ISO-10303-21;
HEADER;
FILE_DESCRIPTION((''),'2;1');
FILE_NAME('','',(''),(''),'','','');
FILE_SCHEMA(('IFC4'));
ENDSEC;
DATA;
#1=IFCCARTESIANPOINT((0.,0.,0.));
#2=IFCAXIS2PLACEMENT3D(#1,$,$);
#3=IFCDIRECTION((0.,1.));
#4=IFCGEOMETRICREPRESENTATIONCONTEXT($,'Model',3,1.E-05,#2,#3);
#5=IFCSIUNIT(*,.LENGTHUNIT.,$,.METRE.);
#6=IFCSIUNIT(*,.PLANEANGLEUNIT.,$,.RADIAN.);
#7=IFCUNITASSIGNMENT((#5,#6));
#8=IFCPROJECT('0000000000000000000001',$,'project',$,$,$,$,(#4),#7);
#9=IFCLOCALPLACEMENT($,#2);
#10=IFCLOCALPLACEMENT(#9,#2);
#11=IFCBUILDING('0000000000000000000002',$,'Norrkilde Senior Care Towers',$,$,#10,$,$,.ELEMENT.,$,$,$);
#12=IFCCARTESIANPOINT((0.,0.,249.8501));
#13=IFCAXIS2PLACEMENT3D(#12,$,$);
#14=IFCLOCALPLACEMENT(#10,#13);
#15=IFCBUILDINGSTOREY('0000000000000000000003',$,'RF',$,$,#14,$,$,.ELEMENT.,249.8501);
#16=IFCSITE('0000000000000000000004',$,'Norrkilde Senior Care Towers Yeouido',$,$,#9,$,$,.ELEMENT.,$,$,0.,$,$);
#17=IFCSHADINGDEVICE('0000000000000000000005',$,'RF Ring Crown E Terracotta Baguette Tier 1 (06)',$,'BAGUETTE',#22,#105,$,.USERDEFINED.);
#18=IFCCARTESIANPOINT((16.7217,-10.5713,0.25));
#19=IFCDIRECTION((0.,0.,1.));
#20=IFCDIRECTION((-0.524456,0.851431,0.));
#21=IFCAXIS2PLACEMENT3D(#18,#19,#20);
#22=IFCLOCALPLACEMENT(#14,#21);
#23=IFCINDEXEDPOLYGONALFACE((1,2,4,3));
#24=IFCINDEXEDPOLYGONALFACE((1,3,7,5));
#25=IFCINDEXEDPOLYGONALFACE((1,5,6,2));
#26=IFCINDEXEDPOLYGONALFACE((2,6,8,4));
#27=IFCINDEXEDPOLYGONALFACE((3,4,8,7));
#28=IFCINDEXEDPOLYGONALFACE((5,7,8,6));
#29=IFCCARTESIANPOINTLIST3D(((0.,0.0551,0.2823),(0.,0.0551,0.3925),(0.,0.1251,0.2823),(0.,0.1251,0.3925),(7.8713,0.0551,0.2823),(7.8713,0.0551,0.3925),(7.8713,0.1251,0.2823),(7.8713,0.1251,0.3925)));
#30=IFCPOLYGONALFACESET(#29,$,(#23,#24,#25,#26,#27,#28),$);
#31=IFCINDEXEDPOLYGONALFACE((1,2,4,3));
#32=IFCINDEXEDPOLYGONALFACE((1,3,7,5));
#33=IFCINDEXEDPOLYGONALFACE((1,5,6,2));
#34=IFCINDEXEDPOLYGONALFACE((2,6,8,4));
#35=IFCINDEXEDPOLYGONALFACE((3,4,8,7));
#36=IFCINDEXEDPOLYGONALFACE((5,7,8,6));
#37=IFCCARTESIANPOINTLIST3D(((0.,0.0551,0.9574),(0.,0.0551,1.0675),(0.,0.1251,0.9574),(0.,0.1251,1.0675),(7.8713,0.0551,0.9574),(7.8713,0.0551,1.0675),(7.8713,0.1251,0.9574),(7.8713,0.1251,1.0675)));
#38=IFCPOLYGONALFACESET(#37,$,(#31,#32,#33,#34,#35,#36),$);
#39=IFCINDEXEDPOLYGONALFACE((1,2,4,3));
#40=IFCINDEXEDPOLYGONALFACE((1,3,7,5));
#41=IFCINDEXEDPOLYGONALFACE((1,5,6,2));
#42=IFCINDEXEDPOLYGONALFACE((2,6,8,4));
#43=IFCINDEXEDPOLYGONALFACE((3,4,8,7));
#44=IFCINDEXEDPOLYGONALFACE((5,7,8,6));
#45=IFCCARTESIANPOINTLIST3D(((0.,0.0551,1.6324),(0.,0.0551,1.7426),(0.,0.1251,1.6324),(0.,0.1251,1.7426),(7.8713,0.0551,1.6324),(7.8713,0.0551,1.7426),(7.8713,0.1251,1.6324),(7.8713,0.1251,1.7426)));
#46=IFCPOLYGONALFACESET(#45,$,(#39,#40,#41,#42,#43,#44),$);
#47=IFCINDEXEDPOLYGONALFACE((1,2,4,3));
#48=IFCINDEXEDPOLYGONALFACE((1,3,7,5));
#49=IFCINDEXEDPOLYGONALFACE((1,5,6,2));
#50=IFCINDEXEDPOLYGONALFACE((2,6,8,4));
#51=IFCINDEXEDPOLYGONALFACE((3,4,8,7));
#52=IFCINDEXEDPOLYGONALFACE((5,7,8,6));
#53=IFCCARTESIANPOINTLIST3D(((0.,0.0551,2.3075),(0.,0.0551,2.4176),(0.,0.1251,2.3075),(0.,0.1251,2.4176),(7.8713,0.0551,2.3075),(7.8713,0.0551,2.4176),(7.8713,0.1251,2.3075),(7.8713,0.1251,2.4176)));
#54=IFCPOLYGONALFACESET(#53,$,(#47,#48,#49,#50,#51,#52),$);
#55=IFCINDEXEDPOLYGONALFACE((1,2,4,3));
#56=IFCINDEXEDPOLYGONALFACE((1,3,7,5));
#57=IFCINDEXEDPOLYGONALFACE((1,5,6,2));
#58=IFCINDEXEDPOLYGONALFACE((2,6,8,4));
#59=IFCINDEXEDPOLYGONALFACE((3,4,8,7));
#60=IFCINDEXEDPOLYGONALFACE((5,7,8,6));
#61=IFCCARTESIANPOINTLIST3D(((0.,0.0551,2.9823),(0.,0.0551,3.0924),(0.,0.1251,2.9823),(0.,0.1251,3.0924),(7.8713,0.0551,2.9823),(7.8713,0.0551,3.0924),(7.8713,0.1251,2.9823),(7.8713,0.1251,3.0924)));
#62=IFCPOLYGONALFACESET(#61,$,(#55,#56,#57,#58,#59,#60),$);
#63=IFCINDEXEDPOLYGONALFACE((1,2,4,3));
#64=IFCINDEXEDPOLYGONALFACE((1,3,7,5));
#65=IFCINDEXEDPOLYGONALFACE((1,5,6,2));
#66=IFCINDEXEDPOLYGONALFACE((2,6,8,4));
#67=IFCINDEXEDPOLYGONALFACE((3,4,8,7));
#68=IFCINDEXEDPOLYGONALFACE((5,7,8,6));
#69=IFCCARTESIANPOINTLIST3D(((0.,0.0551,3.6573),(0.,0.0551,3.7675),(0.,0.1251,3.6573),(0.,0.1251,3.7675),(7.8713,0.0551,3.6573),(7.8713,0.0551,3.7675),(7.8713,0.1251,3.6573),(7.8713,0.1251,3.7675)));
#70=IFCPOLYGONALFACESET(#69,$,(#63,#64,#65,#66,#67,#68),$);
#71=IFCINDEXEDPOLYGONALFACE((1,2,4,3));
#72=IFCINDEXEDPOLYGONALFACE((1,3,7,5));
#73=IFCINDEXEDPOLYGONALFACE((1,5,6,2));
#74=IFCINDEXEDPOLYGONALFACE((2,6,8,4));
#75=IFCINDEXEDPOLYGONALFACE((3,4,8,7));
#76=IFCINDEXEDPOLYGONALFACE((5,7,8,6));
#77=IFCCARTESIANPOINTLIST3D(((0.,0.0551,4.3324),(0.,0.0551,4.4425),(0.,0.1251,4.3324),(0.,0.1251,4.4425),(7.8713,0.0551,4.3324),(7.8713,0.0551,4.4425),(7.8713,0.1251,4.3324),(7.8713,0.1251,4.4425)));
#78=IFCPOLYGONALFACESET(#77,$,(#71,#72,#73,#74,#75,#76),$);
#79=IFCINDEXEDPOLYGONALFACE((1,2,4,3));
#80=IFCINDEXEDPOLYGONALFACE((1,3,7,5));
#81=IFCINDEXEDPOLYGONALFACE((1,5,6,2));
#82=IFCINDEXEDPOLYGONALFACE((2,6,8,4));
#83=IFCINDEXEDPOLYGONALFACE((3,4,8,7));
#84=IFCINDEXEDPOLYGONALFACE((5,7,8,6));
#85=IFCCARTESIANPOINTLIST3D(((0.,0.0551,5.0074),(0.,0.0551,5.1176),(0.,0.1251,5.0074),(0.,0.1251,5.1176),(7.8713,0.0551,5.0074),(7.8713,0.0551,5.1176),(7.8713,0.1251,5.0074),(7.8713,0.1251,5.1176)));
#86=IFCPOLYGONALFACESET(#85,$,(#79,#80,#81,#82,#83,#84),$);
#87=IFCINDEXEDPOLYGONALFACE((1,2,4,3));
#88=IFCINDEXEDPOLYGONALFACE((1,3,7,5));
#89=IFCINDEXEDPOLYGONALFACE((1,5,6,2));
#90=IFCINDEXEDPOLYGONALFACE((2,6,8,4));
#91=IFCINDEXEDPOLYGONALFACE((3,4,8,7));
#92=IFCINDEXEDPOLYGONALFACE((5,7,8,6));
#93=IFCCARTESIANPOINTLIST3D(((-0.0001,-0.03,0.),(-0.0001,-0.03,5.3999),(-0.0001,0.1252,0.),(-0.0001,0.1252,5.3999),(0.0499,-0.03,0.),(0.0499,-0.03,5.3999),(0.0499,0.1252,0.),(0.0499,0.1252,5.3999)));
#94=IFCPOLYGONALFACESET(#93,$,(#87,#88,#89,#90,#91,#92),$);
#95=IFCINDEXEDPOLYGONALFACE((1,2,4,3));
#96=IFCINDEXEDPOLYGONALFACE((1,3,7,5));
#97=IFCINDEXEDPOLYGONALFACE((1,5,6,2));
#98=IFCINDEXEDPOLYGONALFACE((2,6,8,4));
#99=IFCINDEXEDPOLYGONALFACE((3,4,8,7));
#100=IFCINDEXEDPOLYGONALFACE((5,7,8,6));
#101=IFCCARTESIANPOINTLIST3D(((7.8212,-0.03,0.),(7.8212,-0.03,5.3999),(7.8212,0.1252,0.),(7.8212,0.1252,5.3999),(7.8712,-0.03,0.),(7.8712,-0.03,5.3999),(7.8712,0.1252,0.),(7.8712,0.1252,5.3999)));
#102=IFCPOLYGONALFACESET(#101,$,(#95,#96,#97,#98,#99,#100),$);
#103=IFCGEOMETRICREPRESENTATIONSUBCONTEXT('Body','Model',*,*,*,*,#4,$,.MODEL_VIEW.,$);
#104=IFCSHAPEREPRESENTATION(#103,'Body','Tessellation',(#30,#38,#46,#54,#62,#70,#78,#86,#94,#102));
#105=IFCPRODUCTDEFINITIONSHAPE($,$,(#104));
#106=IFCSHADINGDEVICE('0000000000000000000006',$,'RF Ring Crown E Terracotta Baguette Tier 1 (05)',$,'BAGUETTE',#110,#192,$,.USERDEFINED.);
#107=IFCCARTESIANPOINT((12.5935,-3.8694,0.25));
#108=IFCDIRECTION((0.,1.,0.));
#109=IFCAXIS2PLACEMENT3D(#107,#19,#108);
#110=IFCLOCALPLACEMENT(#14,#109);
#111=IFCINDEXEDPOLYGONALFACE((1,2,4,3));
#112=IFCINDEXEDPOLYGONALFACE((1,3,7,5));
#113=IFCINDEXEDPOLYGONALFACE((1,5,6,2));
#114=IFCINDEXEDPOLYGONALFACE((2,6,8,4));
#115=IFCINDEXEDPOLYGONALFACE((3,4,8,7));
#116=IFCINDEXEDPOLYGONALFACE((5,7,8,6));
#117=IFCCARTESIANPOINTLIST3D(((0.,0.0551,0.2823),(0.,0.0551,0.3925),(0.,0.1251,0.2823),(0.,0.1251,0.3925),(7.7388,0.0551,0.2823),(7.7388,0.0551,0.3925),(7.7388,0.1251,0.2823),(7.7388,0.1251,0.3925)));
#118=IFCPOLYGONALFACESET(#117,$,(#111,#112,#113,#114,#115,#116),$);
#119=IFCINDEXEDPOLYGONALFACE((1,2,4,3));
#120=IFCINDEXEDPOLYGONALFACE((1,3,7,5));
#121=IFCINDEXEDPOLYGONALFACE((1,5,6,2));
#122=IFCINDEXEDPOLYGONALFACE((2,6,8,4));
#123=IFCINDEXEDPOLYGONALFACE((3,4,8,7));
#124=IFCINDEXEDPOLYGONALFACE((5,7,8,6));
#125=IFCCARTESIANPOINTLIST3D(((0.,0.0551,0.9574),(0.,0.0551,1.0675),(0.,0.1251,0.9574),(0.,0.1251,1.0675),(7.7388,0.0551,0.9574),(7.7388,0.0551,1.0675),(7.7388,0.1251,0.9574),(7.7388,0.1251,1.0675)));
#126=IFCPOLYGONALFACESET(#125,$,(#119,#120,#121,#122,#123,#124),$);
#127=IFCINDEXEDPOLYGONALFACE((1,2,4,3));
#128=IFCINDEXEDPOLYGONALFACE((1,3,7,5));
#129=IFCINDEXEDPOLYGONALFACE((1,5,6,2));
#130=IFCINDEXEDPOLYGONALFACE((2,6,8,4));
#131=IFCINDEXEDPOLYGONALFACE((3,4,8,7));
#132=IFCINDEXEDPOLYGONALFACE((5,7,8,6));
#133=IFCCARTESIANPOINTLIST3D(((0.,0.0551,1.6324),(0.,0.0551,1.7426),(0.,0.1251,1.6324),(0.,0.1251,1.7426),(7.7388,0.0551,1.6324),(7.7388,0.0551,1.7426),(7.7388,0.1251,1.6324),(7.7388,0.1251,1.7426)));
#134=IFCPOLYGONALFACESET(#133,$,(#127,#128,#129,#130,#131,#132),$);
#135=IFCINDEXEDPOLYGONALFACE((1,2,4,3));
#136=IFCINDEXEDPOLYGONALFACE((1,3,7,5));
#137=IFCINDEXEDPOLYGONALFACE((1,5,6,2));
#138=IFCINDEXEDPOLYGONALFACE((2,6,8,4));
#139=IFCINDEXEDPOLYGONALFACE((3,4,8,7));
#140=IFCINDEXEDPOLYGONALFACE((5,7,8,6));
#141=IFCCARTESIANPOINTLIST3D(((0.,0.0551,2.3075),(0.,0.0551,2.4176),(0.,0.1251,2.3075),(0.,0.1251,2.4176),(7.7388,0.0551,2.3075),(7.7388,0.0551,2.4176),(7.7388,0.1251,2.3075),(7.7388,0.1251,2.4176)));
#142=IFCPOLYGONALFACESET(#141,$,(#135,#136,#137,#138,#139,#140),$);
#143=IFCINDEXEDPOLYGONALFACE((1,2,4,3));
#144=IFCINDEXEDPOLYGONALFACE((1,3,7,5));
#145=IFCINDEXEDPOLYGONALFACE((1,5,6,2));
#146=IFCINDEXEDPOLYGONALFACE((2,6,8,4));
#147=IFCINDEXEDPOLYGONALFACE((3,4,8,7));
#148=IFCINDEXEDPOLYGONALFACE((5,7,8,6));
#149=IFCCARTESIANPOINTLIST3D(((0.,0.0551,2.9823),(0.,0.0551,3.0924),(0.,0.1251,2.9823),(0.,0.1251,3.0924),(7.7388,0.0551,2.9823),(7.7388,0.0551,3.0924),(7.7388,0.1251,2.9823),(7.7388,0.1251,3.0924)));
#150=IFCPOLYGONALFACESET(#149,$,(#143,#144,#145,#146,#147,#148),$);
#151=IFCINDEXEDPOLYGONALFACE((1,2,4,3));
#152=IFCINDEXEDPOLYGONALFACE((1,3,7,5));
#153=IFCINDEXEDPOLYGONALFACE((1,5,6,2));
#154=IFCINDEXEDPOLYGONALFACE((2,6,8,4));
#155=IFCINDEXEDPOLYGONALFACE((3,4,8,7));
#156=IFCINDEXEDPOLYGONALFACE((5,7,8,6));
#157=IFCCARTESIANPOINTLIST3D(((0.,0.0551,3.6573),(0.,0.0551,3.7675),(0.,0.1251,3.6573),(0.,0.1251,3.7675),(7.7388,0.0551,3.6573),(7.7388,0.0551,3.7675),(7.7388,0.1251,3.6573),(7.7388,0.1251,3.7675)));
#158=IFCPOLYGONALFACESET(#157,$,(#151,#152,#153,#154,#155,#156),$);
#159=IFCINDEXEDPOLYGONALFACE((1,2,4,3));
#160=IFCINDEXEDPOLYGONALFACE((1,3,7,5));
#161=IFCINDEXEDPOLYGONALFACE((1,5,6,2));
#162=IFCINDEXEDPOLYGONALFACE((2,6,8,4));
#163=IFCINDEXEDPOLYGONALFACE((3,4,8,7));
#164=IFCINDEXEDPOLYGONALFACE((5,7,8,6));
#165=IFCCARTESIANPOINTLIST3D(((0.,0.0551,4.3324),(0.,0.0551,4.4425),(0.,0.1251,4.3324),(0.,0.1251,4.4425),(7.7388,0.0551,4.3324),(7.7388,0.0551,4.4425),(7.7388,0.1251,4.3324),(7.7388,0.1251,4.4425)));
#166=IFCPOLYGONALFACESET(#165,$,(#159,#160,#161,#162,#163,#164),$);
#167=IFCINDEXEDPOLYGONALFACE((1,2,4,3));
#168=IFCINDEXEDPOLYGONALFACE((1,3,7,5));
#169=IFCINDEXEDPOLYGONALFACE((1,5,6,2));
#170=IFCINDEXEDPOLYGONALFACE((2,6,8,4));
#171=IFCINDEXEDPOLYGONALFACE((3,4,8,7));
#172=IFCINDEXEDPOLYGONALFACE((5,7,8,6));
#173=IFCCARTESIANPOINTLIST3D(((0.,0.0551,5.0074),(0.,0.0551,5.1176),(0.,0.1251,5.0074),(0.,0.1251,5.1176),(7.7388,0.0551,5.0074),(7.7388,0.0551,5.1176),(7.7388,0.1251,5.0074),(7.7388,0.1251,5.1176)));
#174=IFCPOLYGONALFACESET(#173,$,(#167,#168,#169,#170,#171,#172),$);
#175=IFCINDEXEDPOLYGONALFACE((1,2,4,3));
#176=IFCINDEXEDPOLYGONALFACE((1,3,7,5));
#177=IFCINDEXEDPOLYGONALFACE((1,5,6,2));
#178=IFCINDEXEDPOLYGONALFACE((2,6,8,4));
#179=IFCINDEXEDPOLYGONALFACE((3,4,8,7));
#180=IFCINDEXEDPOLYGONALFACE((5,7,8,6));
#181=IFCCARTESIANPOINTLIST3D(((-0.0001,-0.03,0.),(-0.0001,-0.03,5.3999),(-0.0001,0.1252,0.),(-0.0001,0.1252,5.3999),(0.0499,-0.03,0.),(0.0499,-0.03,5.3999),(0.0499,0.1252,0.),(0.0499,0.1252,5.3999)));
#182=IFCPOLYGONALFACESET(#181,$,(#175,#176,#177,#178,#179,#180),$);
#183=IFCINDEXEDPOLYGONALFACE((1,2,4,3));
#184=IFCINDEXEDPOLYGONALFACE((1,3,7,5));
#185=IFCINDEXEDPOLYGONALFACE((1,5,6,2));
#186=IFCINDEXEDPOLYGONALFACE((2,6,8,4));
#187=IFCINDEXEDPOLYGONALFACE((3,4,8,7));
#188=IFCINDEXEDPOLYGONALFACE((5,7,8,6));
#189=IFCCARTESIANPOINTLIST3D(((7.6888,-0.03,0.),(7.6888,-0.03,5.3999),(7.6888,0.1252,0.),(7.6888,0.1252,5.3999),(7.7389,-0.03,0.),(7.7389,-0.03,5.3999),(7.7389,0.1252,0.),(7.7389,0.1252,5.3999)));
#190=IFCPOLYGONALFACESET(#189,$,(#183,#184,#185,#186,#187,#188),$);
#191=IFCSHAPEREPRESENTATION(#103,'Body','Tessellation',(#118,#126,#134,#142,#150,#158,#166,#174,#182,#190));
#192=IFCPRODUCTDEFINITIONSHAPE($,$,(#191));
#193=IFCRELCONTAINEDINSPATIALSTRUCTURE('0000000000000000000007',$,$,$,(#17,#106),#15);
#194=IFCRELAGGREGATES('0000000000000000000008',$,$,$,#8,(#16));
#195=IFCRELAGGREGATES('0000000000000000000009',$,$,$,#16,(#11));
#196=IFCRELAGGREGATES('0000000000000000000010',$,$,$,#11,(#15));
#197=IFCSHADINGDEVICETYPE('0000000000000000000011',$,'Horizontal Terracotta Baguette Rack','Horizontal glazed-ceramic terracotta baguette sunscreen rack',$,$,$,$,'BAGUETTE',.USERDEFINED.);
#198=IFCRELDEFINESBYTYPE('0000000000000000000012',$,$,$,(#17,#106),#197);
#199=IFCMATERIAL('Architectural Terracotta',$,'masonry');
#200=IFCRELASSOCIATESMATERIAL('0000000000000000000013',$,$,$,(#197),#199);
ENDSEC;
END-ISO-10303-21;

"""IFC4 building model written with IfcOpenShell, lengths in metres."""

from ifc_helpers import new_model, si_unit, direction, frame, origin, origin_2d, place, context, subcontext, project, spatial, rectangle, extrude, source, transform, mapped, material, type_object, element, save


model = new_model("IFC4")

# Units and contexts
model_context = context("Model", 3, precision=1e-05, world=origin(), true_north=direction((0.0, 1.0)))
body_context = subcontext(model_context, "Body", "Model", "MODEL_VIEW")
ifc_project = project(units=[si_unit("LENGTHUNIT", "METRE"), si_unit("PLANEANGLEUNIT", "RADIAN")], contexts=[model_context])

# Site, building, storey
site_placement = place(None, origin())
site = spatial("IfcSite", under=ifc_project, at=site_placement, Name="Norrkilde Senior Care Towers Yeouido", CompositionType="ELEMENT", RefElevation=0.0)
building_placement = place(site_placement, origin())
building = spatial("IfcBuilding", under=site, at=building_placement, Name="Norrkilde Senior Care Towers", CompositionType="ELEMENT")
storey_placement = place(building_placement, frame((0.0, 0.0, 249.8501)))
storey = spatial("IfcBuildingStorey", under=building, at=storey_placement, Name="RF", CompositionType="ELEMENT", Elevation=249.8501)

# Shared definitions
ifc_material_1 = material(Name="Architectural Terracotta", Category="masonry")

# Shading devices
shading_device_type = type_object("IfcShadingDeviceType", Name="Horizontal Terracotta Baguette Rack", Description="Horizontal glazed-ceramic terracotta baguette sunscreen rack", ElementType="BAGUETTE", PredefinedType="USERDEFINED", material=ifc_material_1)
shared_shape_1 = source(origin(), body_context, "Body", "SweptSolid", [
    extrude(rectangle(XDim=0.0701, YDim=0.1101, at=origin_2d()), frame((0.0, 0.0901, 0.3374), z_axis=(1.0, 0.0, 0.0), x_axis=(0.0, 1.0, 0.0)), (0.0, 0.0, 1.0), 7.8713),
    extrude(rectangle(XDim=0.0701, YDim=0.1101, at=origin_2d()), frame((0.0, 0.0901, 1.0125), z_axis=(1.0, 0.0, 0.0), x_axis=(0.0, 1.0, 0.0)), (0.0, 0.0, 1.0), 7.8713),
    extrude(rectangle(XDim=0.0701, YDim=0.1101, at=origin_2d()), frame((0.0, 0.0901, 1.6875), z_axis=(1.0, 0.0, 0.0), x_axis=(0.0, 1.0, 0.0)), (0.0, 0.0, 1.0), 7.8713),
    extrude(rectangle(XDim=0.0701, YDim=0.1101, at=origin_2d()), frame((0.0, 0.0901, 2.3625), z_axis=(1.0, 0.0, 0.0), x_axis=(0.0, 1.0, 0.0)), (0.0, 0.0, 1.0), 7.8713),
    extrude(rectangle(XDim=0.0701, YDim=0.1101, at=origin_2d()), frame((0.0, 0.0901, 3.0374), z_axis=(1.0, 0.0, 0.0), x_axis=(0.0, 1.0, 0.0)), (0.0, 0.0, 1.0), 7.8713),
    extrude(rectangle(XDim=0.0701, YDim=0.1101, at=origin_2d()), frame((0.0, 0.0901, 3.7124), z_axis=(1.0, 0.0, 0.0), x_axis=(0.0, 1.0, 0.0)), (0.0, 0.0, 1.0), 7.8713),
    extrude(rectangle(XDim=0.0701, YDim=0.1101, at=origin_2d()), frame((0.0, 0.0901, 4.3875), z_axis=(1.0, 0.0, 0.0), x_axis=(0.0, 1.0, 0.0)), (0.0, 0.0, 1.0), 7.8713),
    extrude(rectangle(XDim=0.0701, YDim=0.1101, at=origin_2d()), frame((0.0, 0.0901, 5.0625), z_axis=(1.0, 0.0, 0.0), x_axis=(0.0, 1.0, 0.0)), (0.0, 0.0, 1.0), 7.8713),
    extrude(rectangle(XDim=0.05, YDim=0.1553, at=origin_2d()), frame((0.0249, 0.0476, 0.0)), (0.0, 0.0, 1.0), 5.3999),
    extrude(rectangle(XDim=0.05, YDim=0.1553, at=origin_2d()), frame((7.8462, 0.0476, 0.0)), (0.0, 0.0, 1.0), 5.3999),
])
shading_device_1_placement = place(storey_placement, frame((16.7217, -10.5713, 0.25), z_axis=(0.0, 0.0, 1.0), x_axis=(-0.524456, 0.851431, 0.0)))
element("IfcShadingDevice", 1, at=shading_device_1_placement, inside=storey, type_object=shading_device_type, Name="RF Ring Crown E Terracotta Baguette Tier 1 (06)", ObjectType="BAGUETTE", PredefinedType="USERDEFINED", context=body_context, shape_type="MappedRepresentation", body=[
    mapped(shared_shape_1, transform((0.0, 0.0, 0.0), x_axis=(1.0, 0.0, 0.0), y_axis=(0.0, 1.0, 0.0), z_axis=(0.0, 0.0, 1.0), scale=1.0)),
])
shared_shape_2 = source(origin(), body_context, "Body", "SweptSolid", [
    extrude(rectangle(XDim=0.0701, YDim=0.1101, at=origin_2d()), frame((0.0, 0.0901, 0.3374), z_axis=(1.0, 0.0, 0.0), x_axis=(0.0, 1.0, 0.0)), (0.0, 0.0, 1.0), 7.7388),
    extrude(rectangle(XDim=0.0701, YDim=0.1101, at=origin_2d()), frame((0.0, 0.0901, 1.0125), z_axis=(1.0, 0.0, 0.0), x_axis=(0.0, 1.0, 0.0)), (0.0, 0.0, 1.0), 7.7388),
    extrude(rectangle(XDim=0.0701, YDim=0.1101, at=origin_2d()), frame((0.0, 0.0901, 1.6875), z_axis=(1.0, 0.0, 0.0), x_axis=(0.0, 1.0, 0.0)), (0.0, 0.0, 1.0), 7.7388),
    extrude(rectangle(XDim=0.0701, YDim=0.1101, at=origin_2d()), frame((0.0, 0.0901, 2.3625), z_axis=(1.0, 0.0, 0.0), x_axis=(0.0, 1.0, 0.0)), (0.0, 0.0, 1.0), 7.7388),
    extrude(rectangle(XDim=0.0701, YDim=0.1101, at=origin_2d()), frame((0.0, 0.0901, 3.0374), z_axis=(1.0, 0.0, 0.0), x_axis=(0.0, 1.0, 0.0)), (0.0, 0.0, 1.0), 7.7388),
    extrude(rectangle(XDim=0.0701, YDim=0.1101, at=origin_2d()), frame((0.0, 0.0901, 3.7124), z_axis=(1.0, 0.0, 0.0), x_axis=(0.0, 1.0, 0.0)), (0.0, 0.0, 1.0), 7.7388),
    extrude(rectangle(XDim=0.0701, YDim=0.1101, at=origin_2d()), frame((0.0, 0.0901, 4.3875), z_axis=(1.0, 0.0, 0.0), x_axis=(0.0, 1.0, 0.0)), (0.0, 0.0, 1.0), 7.7388),
    extrude(rectangle(XDim=0.0701, YDim=0.1101, at=origin_2d()), frame((0.0, 0.0901, 5.0625), z_axis=(1.0, 0.0, 0.0), x_axis=(0.0, 1.0, 0.0)), (0.0, 0.0, 1.0), 7.7388),
    extrude(rectangle(XDim=0.05, YDim=0.1553, at=origin_2d()), frame((0.0249, 0.0476, 0.0)), (0.0, 0.0, 1.0), 5.3999),
    extrude(rectangle(XDim=0.05, YDim=0.1553, at=origin_2d()), frame((7.7139, 0.0476, 0.0)), (0.0, 0.0, 1.0), 5.3999),
])
shading_device_2_placement = place(storey_placement, frame((12.5935, -3.8694, 0.25), z_axis=(0.0, 0.0, 1.0), x_axis=(0.0, 1.0, 0.0)))
element("IfcShadingDevice", 2, at=shading_device_2_placement, inside=storey, type_object=shading_device_type, Name="RF Ring Crown E Terracotta Baguette Tier 1 (05)", ObjectType="BAGUETTE", PredefinedType="USERDEFINED", context=body_context, shape_type="MappedRepresentation", body=[
    mapped(shared_shape_2, transform((0.0, 0.0, 0.0), x_axis=(1.0, 0.0, 0.0), y_axis=(0.0, 1.0, 0.0), z_axis=(0.0, 0.0, 1.0), scale=1.0)),
])

save(model, "model.ifc")
